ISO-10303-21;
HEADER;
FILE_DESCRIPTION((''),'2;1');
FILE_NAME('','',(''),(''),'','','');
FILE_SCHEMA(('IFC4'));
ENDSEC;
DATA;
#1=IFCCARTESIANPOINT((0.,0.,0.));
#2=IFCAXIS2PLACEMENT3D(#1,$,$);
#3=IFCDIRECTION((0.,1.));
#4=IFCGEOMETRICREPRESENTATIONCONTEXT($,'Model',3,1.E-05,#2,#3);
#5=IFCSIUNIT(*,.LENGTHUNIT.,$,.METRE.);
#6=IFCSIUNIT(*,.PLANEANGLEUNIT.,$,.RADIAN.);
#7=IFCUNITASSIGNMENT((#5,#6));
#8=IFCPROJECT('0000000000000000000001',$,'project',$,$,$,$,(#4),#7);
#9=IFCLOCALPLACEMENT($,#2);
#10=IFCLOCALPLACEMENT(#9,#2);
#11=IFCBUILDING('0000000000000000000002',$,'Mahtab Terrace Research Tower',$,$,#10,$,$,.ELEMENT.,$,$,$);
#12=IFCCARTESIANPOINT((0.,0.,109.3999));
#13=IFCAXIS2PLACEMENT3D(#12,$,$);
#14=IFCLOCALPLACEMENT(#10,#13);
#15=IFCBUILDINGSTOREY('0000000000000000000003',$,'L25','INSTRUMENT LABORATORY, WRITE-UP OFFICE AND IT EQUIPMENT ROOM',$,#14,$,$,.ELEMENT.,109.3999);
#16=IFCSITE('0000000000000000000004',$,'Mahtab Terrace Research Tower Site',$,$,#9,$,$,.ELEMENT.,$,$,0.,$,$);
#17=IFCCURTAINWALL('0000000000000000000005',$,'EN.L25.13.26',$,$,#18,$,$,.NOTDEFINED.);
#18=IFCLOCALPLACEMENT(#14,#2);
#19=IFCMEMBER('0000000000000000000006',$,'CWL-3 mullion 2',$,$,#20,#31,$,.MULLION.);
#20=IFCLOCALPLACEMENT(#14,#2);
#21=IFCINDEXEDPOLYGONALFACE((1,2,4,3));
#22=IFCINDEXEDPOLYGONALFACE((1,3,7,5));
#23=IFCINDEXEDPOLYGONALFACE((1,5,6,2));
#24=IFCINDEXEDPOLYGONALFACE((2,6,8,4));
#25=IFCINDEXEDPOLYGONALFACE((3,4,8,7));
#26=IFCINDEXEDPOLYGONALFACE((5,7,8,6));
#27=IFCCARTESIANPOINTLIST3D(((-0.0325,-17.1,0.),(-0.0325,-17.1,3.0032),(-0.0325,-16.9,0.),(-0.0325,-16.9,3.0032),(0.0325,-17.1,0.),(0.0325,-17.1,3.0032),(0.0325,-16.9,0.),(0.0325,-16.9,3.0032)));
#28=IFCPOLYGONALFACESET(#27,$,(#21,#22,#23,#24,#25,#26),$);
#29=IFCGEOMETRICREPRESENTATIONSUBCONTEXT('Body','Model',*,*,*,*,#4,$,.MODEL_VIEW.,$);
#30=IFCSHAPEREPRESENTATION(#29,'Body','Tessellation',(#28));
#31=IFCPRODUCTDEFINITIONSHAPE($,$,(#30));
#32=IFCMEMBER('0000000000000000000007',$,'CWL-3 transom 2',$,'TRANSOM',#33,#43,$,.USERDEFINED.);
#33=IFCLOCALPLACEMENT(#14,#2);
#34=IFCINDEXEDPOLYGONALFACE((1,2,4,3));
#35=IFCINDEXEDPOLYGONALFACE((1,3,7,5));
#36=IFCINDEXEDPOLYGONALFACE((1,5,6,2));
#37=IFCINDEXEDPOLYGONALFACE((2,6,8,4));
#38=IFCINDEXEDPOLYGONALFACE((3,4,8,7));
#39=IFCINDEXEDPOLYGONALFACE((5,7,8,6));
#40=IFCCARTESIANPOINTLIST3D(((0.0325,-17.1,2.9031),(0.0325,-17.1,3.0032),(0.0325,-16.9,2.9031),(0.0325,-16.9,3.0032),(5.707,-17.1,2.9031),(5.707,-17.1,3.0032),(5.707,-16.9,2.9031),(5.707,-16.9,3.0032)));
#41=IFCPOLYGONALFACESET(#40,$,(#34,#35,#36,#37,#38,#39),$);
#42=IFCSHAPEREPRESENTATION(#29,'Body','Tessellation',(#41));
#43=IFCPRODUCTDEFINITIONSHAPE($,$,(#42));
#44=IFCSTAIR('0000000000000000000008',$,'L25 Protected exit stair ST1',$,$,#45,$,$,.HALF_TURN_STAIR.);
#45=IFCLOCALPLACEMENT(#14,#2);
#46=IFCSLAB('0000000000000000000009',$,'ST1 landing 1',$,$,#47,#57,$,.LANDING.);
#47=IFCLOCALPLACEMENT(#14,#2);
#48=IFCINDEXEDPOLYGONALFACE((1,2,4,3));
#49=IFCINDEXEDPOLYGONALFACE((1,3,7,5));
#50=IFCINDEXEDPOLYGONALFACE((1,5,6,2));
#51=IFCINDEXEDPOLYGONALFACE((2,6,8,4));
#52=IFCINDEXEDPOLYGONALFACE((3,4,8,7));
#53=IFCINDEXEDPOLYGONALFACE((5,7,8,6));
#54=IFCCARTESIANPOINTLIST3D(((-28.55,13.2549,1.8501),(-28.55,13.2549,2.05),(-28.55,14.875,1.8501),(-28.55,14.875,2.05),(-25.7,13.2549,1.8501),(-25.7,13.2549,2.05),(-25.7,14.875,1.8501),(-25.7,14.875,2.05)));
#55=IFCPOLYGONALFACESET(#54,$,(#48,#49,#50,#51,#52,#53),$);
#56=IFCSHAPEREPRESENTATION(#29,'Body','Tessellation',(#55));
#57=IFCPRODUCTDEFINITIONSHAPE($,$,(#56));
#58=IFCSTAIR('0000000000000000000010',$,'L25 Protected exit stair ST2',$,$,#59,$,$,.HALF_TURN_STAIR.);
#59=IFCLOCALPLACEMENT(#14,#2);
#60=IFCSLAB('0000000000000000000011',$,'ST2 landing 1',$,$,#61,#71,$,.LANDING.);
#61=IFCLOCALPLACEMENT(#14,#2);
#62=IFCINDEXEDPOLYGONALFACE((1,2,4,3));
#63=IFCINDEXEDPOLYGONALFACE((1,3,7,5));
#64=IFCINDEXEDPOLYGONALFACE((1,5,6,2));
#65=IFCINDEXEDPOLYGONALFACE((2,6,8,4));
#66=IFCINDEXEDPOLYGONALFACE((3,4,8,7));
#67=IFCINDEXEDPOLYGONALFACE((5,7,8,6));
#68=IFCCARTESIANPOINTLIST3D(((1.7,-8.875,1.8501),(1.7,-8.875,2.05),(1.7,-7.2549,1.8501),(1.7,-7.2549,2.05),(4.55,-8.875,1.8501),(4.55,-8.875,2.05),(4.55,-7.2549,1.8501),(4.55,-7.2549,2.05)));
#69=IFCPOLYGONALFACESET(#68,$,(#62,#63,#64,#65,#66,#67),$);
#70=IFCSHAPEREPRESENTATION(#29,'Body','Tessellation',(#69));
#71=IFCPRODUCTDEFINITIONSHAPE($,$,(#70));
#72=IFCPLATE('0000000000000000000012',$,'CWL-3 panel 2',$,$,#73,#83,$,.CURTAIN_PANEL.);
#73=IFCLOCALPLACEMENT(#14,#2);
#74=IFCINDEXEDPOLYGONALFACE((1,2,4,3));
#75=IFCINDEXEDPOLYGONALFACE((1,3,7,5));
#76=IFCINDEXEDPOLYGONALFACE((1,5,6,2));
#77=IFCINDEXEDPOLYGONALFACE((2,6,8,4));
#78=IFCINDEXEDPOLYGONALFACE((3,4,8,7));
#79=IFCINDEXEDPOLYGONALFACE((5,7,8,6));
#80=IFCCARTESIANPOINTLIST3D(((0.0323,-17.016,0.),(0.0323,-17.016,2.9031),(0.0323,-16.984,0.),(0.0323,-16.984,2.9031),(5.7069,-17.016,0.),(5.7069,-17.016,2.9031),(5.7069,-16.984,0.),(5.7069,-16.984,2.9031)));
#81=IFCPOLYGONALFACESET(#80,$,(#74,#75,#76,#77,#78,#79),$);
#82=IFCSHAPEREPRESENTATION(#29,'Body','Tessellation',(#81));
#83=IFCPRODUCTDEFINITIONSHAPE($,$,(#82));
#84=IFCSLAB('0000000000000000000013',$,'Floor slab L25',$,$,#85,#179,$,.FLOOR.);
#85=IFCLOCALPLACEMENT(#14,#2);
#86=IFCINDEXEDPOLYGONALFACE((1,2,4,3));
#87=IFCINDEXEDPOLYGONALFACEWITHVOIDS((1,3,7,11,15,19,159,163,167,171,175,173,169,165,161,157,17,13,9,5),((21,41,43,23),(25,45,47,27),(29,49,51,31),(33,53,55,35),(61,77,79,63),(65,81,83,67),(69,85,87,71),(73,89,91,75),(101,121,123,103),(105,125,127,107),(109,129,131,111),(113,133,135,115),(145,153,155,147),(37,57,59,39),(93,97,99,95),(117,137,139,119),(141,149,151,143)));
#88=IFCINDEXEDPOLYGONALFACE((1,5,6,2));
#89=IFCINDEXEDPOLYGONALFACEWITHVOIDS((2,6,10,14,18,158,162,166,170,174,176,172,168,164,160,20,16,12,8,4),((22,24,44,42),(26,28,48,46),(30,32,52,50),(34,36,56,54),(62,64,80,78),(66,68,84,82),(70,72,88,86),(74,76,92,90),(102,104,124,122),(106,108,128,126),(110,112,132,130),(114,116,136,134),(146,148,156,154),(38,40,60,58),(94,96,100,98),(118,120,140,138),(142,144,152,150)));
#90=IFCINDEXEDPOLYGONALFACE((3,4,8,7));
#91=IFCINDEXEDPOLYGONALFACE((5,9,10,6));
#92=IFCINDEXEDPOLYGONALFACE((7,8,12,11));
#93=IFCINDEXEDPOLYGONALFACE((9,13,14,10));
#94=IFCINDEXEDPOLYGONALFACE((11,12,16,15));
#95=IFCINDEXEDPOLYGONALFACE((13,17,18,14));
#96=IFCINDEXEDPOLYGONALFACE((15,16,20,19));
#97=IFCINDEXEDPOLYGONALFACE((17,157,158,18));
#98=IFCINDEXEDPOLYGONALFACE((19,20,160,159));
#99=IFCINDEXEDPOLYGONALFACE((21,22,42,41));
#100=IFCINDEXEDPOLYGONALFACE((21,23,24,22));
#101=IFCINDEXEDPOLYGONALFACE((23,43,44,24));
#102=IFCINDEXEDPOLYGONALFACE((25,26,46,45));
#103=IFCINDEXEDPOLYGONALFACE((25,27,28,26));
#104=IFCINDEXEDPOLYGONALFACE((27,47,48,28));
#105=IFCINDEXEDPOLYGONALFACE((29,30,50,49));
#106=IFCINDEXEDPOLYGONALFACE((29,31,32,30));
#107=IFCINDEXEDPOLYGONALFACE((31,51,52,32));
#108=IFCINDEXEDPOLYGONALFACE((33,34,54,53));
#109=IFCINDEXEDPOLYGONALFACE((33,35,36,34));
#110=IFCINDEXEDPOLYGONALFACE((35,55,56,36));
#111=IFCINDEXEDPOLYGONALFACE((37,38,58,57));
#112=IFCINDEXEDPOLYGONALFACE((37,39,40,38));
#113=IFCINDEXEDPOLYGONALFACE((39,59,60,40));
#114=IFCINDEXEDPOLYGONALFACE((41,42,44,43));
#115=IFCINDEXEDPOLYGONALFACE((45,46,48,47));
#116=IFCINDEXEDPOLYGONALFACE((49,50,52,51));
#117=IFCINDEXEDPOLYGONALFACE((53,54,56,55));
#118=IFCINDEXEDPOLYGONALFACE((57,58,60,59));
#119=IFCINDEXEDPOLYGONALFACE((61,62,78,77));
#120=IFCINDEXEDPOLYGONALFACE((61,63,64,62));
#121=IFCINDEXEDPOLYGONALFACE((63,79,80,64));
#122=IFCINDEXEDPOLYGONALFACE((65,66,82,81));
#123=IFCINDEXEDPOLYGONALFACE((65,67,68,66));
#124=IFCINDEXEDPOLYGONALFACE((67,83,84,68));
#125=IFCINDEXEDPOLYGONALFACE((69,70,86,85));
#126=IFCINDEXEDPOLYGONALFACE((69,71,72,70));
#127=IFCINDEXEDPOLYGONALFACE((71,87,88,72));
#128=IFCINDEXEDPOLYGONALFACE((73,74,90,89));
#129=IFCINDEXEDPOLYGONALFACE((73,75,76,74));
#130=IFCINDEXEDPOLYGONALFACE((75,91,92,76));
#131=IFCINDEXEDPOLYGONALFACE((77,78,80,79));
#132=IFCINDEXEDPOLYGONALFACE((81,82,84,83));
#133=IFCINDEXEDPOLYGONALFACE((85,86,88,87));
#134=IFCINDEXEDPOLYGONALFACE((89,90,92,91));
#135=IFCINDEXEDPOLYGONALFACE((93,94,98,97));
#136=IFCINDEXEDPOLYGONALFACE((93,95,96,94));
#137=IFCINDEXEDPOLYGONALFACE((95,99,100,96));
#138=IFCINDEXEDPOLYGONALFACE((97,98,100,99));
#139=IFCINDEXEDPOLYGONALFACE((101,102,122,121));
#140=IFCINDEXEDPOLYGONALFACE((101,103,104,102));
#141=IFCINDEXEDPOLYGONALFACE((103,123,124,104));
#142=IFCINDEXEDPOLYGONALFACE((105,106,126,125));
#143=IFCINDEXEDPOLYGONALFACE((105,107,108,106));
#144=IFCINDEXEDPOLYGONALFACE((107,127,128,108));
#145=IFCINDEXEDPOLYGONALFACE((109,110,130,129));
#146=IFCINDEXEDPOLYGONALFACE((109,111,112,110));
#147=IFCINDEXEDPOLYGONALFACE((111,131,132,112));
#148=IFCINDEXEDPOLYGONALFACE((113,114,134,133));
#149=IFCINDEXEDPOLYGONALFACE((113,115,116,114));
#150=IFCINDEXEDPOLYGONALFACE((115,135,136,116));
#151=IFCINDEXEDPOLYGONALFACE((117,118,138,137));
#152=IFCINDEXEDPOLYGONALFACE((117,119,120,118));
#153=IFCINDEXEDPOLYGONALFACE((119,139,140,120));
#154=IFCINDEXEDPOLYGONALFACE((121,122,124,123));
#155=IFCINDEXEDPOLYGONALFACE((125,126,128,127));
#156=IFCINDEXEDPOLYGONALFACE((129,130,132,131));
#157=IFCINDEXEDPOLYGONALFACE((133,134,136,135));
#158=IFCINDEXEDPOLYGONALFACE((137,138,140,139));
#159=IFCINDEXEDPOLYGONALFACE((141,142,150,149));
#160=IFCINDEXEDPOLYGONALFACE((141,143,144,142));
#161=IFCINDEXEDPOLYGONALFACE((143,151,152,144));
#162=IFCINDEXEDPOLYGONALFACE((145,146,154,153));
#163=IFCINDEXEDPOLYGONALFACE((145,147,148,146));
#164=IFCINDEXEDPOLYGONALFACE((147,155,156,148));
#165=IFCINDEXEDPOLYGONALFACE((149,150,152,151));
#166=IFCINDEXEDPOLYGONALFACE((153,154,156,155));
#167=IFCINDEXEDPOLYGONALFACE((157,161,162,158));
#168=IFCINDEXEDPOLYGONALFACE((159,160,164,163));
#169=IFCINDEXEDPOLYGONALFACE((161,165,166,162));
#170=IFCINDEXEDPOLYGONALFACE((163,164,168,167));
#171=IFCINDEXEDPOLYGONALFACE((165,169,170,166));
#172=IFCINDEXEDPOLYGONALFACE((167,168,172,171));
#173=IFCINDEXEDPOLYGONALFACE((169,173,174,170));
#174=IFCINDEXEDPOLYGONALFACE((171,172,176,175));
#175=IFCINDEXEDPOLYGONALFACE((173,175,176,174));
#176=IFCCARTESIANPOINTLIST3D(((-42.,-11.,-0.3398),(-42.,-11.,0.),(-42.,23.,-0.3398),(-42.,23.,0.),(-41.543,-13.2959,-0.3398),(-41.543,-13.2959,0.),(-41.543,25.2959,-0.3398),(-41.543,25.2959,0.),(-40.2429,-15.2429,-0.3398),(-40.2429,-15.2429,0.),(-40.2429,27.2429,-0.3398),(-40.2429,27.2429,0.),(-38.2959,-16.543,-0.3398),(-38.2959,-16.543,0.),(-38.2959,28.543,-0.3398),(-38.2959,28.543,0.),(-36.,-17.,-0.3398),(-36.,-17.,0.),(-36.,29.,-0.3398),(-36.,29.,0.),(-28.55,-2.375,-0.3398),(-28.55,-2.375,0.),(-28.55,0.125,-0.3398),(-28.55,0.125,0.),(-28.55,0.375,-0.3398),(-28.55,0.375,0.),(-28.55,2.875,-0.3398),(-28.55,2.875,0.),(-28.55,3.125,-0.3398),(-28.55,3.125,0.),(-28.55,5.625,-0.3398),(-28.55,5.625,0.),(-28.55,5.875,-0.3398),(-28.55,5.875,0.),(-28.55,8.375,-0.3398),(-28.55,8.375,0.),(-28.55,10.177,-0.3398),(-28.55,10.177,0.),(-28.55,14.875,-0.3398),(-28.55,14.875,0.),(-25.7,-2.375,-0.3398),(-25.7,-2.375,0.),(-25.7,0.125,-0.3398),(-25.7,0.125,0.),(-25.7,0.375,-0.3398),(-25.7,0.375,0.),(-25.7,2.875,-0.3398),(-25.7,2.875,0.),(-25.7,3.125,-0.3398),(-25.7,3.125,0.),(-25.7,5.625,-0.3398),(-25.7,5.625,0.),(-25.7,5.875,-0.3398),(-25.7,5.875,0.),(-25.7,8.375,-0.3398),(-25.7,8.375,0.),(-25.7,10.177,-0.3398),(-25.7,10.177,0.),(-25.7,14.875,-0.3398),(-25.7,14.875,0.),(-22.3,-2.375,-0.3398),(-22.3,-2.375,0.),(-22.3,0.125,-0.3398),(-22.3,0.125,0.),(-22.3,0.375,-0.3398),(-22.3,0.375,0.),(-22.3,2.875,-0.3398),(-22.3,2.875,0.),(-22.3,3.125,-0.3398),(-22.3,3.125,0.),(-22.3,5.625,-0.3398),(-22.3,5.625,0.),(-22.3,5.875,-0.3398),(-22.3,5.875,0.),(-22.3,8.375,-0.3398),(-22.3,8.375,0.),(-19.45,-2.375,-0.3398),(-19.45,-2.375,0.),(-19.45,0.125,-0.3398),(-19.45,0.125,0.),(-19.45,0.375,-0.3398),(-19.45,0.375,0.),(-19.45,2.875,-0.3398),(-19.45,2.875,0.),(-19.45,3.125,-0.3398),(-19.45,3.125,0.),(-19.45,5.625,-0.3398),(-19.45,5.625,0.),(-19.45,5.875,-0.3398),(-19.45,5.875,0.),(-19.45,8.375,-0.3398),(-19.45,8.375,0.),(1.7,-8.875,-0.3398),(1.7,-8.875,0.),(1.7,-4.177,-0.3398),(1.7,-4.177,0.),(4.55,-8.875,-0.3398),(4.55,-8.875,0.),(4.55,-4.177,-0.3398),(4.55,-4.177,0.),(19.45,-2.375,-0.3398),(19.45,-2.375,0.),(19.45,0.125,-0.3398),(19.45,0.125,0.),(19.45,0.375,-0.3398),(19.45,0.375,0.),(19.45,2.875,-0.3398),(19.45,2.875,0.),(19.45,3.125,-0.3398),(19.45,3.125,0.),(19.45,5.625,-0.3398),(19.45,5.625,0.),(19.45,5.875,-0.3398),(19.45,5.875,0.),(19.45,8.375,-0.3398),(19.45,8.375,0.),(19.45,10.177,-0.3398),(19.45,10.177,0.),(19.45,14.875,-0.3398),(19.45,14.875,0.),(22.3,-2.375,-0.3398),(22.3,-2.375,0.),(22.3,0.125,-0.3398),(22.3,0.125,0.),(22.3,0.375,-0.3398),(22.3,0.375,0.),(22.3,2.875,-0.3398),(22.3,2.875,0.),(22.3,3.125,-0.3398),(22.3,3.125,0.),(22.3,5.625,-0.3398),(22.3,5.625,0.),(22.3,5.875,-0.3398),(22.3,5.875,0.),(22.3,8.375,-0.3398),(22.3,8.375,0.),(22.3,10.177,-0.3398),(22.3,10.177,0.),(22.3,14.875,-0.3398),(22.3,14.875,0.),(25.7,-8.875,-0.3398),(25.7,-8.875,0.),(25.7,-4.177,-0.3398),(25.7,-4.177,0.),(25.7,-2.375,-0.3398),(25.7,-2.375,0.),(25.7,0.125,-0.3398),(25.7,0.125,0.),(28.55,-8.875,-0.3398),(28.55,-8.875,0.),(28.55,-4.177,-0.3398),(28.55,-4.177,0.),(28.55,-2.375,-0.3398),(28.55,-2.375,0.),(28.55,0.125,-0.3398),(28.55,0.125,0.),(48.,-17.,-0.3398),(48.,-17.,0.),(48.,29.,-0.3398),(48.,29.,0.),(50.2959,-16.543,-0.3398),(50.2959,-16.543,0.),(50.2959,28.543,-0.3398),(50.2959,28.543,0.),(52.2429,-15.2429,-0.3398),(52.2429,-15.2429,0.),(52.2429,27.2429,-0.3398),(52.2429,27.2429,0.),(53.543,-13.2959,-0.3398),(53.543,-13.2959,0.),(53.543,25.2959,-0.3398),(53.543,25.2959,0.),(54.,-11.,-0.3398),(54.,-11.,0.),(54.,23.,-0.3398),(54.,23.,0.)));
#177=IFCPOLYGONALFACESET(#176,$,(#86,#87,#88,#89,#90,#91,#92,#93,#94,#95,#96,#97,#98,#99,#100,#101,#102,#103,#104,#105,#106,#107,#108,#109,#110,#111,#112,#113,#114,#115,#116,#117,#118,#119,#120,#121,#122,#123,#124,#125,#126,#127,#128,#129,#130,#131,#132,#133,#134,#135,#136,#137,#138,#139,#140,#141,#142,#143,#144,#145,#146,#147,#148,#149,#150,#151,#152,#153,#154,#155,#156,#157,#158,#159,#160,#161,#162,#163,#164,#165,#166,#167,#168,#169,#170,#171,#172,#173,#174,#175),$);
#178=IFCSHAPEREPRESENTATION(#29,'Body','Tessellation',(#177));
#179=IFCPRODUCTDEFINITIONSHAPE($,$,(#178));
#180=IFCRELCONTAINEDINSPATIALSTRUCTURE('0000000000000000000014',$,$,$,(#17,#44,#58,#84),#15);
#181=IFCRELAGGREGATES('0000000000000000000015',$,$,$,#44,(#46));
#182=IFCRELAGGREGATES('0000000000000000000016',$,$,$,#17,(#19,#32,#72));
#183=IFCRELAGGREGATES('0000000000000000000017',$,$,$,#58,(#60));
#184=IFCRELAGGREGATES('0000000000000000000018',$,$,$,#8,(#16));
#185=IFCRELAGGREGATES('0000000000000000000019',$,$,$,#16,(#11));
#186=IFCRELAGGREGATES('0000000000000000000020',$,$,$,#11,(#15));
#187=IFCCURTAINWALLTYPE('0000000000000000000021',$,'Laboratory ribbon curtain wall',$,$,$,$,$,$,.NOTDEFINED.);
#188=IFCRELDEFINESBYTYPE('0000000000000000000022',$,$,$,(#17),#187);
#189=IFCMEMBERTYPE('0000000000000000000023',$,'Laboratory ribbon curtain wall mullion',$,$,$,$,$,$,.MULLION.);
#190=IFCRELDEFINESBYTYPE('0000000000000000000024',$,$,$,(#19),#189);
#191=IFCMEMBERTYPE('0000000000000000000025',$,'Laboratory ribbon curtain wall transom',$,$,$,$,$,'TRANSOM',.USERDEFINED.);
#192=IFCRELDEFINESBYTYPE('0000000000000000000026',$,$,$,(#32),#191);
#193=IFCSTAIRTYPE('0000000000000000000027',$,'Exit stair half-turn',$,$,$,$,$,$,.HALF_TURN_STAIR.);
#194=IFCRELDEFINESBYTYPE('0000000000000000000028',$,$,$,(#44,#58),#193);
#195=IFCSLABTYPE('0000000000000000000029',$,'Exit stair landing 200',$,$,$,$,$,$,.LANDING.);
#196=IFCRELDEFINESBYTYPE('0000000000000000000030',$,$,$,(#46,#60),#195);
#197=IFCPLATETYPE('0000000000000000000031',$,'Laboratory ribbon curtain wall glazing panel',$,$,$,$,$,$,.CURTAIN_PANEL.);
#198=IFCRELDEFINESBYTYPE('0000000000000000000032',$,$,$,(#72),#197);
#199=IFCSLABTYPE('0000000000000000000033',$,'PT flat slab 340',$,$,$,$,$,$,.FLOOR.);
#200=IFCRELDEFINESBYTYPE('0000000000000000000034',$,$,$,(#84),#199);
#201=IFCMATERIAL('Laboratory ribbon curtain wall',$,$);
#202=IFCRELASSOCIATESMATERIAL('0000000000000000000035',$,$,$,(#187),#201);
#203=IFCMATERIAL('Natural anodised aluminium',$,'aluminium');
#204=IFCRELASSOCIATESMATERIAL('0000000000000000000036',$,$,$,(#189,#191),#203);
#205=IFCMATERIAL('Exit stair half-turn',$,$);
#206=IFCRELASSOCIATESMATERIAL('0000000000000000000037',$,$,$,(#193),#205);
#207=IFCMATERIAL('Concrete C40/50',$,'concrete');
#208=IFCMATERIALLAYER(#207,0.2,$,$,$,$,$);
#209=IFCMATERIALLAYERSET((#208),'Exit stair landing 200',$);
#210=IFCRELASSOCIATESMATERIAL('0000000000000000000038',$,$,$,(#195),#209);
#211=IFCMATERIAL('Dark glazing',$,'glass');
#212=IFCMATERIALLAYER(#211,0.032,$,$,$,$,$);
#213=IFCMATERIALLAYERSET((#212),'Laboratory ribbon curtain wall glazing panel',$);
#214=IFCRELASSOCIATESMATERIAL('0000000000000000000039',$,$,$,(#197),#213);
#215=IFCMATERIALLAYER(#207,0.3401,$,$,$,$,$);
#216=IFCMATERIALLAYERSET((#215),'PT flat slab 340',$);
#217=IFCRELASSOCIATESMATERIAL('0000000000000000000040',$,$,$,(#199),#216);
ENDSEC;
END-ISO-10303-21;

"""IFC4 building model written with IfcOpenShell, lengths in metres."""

from ifc_helpers import new_model, si_unit, direction, frame, origin, origin_2d, place, context, subcontext, project, spatial, polyline, rectangle, outline, extrude, material, layer, layer_set, material_profile, profile_set, type_object, element, aggregate, save


model = new_model("IFC4")

# Units and contexts
model_context = context("Model", 3, precision=1e-05, world=origin(), true_north=direction((0.0, 1.0)))
body_context = subcontext(model_context, "Body", "Model", "MODEL_VIEW")
ifc_project = project(units=[si_unit("LENGTHUNIT", "METRE"), si_unit("PLANEANGLEUNIT", "RADIAN")], contexts=[model_context])

# Site, building, storey
site_placement = place(None, origin())
site = spatial("IfcSite", under=ifc_project, at=site_placement, Name="Mahtab Terrace Research Tower Site", CompositionType="ELEMENT", RefElevation=0.0)
building_placement = place(site_placement, origin())
building = spatial("IfcBuilding", under=site, at=building_placement, Name="Mahtab Terrace Research Tower", CompositionType="ELEMENT")
storey_placement = place(building_placement, frame((0.0, 0.0, 109.3999)))
storey = spatial("IfcBuildingStorey", under=building, at=storey_placement, Name="L25", Description="INSTRUMENT LABORATORY, WRITE-UP OFFICE AND IT EQUIPMENT ROOM", CompositionType="ELEMENT", Elevation=109.3999)

# Curtain wall, members
ifc_material_1 = material(Name="Laboratory ribbon curtain wall")
curtain_wall_type = type_object("IfcCurtainWallType", Name="Laboratory ribbon curtain wall", PredefinedType="NOTDEFINED", material=ifc_material_1)
curtain_wall_placement = place(storey_placement, origin())
curtain_wall = element("IfcCurtainWall", 1, at=curtain_wall_placement, inside=storey, type_object=curtain_wall_type, Name="EN.L25.13.26", PredefinedType="NOTDEFINED")
ifc_material_2 = material(Name="Natural anodised aluminium", Category="aluminium")
ifc_material_profile_1 = material_profile(ifc_material_2, rectangle(XDim=0.2, YDim=0.0649, at=origin_2d()), Name="MULLION 65x200")
ifc_profile_set_1 = profile_set([ifc_material_profile_1], Name="Natural anodised aluminium")
member_type_1 = type_object("IfcMemberType", Name="Laboratory ribbon curtain wall mullion", PredefinedType="MULLION", material=ifc_profile_set_1)
member_1_placement = place(storey_placement, frame((0.0, -17.0, 0.0), z_axis=(0.0, 0.0, 1.0), x_axis=(0.0, 1.0, 0.0)))
member_1 = element("IfcMember", 2, at=member_1_placement, type_object=member_type_1, Name="CWL-3 mullion 2", PredefinedType="MULLION", context=body_context, shape_type="SweptSolid", body=[
    extrude(rectangle(XDim=0.2, YDim=0.0649, at=origin_2d()), origin(), (0.0, 0.0, 1.0), 3.0032),
])
ifc_material_profile_2 = material_profile(ifc_material_2, rectangle(XDim=0.2, YDim=0.1001, at=origin_2d()), Name="TRANSOM 100x200")
ifc_profile_set_2 = profile_set([ifc_material_profile_2], Name="Natural anodised aluminium")
member_type_2 = type_object("IfcMemberType", Name="Laboratory ribbon curtain wall transom", ElementType="TRANSOM", PredefinedType="USERDEFINED", material=ifc_profile_set_2)
member_2_placement = place(storey_placement, frame((0.0325, -17.0, 2.9531), z_axis=(1.0, 0.0, 0.0), x_axis=(0.0, 1.0, 0.0)))
member_2 = element("IfcMember", 3, at=member_2_placement, type_object=member_type_2, Name="CWL-3 transom 2", ObjectType="TRANSOM", PredefinedType="USERDEFINED", context=body_context, shape_type="SweptSolid", body=[
    extrude(rectangle(XDim=0.2, YDim=0.1001, at=origin_2d()), origin(), (0.0, 0.0, 1.0), 5.6746),
])

# Stairs, slabs
ifc_material_3 = material(Name="Exit stair half-turn")
stair_type = type_object("IfcStairType", Name="Exit stair half-turn", PredefinedType="HALF_TURN_STAIR", material=ifc_material_3)
stair_1_placement = place(storey_placement, origin())
stair_1 = element("IfcStair", 4, at=stair_1_placement, inside=storey, type_object=stair_type, Name="L25 Protected exit stair ST1", PredefinedType="HALF_TURN_STAIR")
ifc_material_4 = material(Name="Concrete C40/50", Category="concrete")
ifc_layer_1 = layer(ifc_material_4, 0.2)
ifc_layer_set_1 = layer_set([ifc_layer_1], Name="Exit stair landing 200")
slab_type_1 = type_object("IfcSlabType", Name="Exit stair landing 200", PredefinedType="LANDING", material=ifc_layer_set_1)
slab_1_placement = place(storey_placement, frame((0.0, 0.0, 1.8501)))
slab_1 = element("IfcSlab", 5, at=slab_1_placement, type_object=slab_type_1, Name="ST1 landing 1", PredefinedType="LANDING", context=body_context, shape_type="SweptSolid", body=[
    extrude(outline(polyline([(-25.7, 13.2549), (-25.7, 14.875), (-28.55, 14.875), (-28.55, 13.2549), (-25.7, 13.2549)])), origin(), (0.0, 0.0, 1.0), 0.2),
])
aggregate(stair_1, [slab_1])
stair_2_placement = place(storey_placement, origin())
stair_2 = element("IfcStair", 6, at=stair_2_placement, inside=storey, type_object=stair_type, Name="L25 Protected exit stair ST2", PredefinedType="HALF_TURN_STAIR")
slab_2_placement = place(storey_placement, frame((0.0, 0.0, 1.8501)))
slab_2 = element("IfcSlab", 7, at=slab_2_placement, type_object=slab_type_1, Name="ST2 landing 1", PredefinedType="LANDING", context=body_context, shape_type="SweptSolid", body=[
    extrude(outline(polyline([(1.7, -7.2549), (1.7, -8.875), (4.55, -8.875), (4.55, -7.2549), (1.7, -7.2549)])), origin(), (0.0, 0.0, 1.0), 0.2),
])

# Plate
ifc_material_5 = material(Name="Dark glazing", Category="glass")
ifc_layer_2 = layer(ifc_material_5, 0.032)
ifc_layer_set_2 = layer_set([ifc_layer_2], Name="Laboratory ribbon curtain wall glazing panel")
plate_type = type_object("IfcPlateType", Name="Laboratory ribbon curtain wall glazing panel", PredefinedType="CURTAIN_PANEL", material=ifc_layer_set_2)
plate_placement = place(storey_placement, frame((2.8696, -17.0, 0.0), z_axis=(0.0, 0.0, 1.0), x_axis=(1.0, 0.0, 0.0)))
plate = element("IfcPlate", 8, at=plate_placement, type_object=plate_type, Name="CWL-3 panel 2", PredefinedType="CURTAIN_PANEL", context=body_context, shape_type="SweptSolid", body=[
    extrude(rectangle(XDim=5.6746, YDim=0.032, at=origin_2d()), origin(), (0.0, 0.0, 1.0), 2.9031),
])
aggregate(curtain_wall, [member_1, member_2, plate])

# Slab
ifc_layer_3 = layer(ifc_material_4, 0.3401)
ifc_layer_set_3 = layer_set([ifc_layer_3], Name="PT flat slab 340")
slab_type_2 = type_object("IfcSlabType", Name="PT flat slab 340", PredefinedType="FLOOR", material=ifc_layer_set_3)
slab_3_placement = place(storey_placement, frame((0.0, 0.0, -0.3398)))
element("IfcSlab", 9, at=slab_3_placement, inside=storey, type_object=slab_type_2, Name="Floor slab L25", PredefinedType="FLOOR", context=body_context, shape_type="SweptSolid", body=[
    extrude(outline(polyline([(53.543, 25.2959), (52.2429, 27.2429), (50.2959, 28.543), (48.0, 29.0), (-36.0, 29.0), (-38.2959, 28.543), (-40.2429, 27.2429), (-41.543, 25.2959), (-42.0, 23.0), (-42.0, -11.0), (-41.543, -13.2959), (-40.2429, -15.2429), (-38.2959, -16.543), (-36.0, -17.0), (48.0, -17.0), (50.2959, -16.543), (52.2429, -15.2429), (53.543, -13.2959), (54.0, -11.0), (54.0, 23.0), (53.543, 25.2959)]), holes=[polyline([(-28.55, -2.375), (-28.55, 0.125), (-25.7, 0.125), (-25.7, -2.375), (-28.55, -2.375)]), polyline([(-22.3, -2.375), (-22.3, 0.125), (-19.45, 0.125), (-19.45, -2.375), (-22.3, -2.375)]), polyline([(-28.55, 0.375), (-28.55, 2.875), (-25.7, 2.875), (-25.7, 0.375), (-28.55, 0.375)]), polyline([(-22.3, 0.375), (-22.3, 2.875), (-19.45, 2.875), (-19.45, 0.375), (-22.3, 0.375)]), polyline([(-28.55, 3.125), (-28.55, 5.625), (-25.7, 5.625), (-25.7, 3.125), (-28.55, 3.125)]), polyline([(-22.3, 3.125), (-22.3, 5.625), (-19.45, 5.625), (-19.45, 3.125), (-22.3, 3.125)]), polyline([(-28.55, 5.875), (-28.55, 8.375), (-25.7, 8.375), (-25.7, 5.875), (-28.55, 5.875)]), polyline([(-22.3, 5.875), (-22.3, 8.375), (-19.45, 8.375), (-19.45, 5.875), (-22.3, 5.875)]), polyline([(-28.55, 10.177), (-28.55, 14.875), (-25.7, 14.875), (-25.7, 10.177), (-28.55, 10.177)]), polyline([(1.7, -8.875), (1.7, -4.177), (4.55, -4.177), (4.55, -8.875), (1.7, -8.875)]), polyline([(25.7, -8.875), (25.7, -4.177), (28.55, -4.177), (28.55, -8.875), (25.7, -8.875)]), polyline([(19.45, -2.375), (19.45, 0.125), (22.3, 0.125), (22.3, -2.375), (19.45, -2.375)]), polyline([(25.7, -2.375), (25.7, 0.125), (28.55, 0.125), (28.55, -2.375), (25.7, -2.375)]), polyline([(19.45, 0.375), (19.45, 2.875), (22.3, 2.875), (22.3, 0.375), (19.45, 0.375)]), polyline([(19.45, 3.125), (19.45, 5.625), (22.3, 5.625), (22.3, 3.125), (19.45, 3.125)]), polyline([(19.45, 8.375), (22.3, 8.375), (22.3, 5.875), (19.45, 5.875), (19.45, 8.375)]), polyline([(19.45, 14.875), (22.3, 14.875), (22.3, 10.177), (19.45, 10.177), (19.45, 14.875)])]), origin(), (0.0, 0.0, 1.0), 0.3398),
])

aggregate(stair_2, [slab_2])

save(model, "model.ifc")
